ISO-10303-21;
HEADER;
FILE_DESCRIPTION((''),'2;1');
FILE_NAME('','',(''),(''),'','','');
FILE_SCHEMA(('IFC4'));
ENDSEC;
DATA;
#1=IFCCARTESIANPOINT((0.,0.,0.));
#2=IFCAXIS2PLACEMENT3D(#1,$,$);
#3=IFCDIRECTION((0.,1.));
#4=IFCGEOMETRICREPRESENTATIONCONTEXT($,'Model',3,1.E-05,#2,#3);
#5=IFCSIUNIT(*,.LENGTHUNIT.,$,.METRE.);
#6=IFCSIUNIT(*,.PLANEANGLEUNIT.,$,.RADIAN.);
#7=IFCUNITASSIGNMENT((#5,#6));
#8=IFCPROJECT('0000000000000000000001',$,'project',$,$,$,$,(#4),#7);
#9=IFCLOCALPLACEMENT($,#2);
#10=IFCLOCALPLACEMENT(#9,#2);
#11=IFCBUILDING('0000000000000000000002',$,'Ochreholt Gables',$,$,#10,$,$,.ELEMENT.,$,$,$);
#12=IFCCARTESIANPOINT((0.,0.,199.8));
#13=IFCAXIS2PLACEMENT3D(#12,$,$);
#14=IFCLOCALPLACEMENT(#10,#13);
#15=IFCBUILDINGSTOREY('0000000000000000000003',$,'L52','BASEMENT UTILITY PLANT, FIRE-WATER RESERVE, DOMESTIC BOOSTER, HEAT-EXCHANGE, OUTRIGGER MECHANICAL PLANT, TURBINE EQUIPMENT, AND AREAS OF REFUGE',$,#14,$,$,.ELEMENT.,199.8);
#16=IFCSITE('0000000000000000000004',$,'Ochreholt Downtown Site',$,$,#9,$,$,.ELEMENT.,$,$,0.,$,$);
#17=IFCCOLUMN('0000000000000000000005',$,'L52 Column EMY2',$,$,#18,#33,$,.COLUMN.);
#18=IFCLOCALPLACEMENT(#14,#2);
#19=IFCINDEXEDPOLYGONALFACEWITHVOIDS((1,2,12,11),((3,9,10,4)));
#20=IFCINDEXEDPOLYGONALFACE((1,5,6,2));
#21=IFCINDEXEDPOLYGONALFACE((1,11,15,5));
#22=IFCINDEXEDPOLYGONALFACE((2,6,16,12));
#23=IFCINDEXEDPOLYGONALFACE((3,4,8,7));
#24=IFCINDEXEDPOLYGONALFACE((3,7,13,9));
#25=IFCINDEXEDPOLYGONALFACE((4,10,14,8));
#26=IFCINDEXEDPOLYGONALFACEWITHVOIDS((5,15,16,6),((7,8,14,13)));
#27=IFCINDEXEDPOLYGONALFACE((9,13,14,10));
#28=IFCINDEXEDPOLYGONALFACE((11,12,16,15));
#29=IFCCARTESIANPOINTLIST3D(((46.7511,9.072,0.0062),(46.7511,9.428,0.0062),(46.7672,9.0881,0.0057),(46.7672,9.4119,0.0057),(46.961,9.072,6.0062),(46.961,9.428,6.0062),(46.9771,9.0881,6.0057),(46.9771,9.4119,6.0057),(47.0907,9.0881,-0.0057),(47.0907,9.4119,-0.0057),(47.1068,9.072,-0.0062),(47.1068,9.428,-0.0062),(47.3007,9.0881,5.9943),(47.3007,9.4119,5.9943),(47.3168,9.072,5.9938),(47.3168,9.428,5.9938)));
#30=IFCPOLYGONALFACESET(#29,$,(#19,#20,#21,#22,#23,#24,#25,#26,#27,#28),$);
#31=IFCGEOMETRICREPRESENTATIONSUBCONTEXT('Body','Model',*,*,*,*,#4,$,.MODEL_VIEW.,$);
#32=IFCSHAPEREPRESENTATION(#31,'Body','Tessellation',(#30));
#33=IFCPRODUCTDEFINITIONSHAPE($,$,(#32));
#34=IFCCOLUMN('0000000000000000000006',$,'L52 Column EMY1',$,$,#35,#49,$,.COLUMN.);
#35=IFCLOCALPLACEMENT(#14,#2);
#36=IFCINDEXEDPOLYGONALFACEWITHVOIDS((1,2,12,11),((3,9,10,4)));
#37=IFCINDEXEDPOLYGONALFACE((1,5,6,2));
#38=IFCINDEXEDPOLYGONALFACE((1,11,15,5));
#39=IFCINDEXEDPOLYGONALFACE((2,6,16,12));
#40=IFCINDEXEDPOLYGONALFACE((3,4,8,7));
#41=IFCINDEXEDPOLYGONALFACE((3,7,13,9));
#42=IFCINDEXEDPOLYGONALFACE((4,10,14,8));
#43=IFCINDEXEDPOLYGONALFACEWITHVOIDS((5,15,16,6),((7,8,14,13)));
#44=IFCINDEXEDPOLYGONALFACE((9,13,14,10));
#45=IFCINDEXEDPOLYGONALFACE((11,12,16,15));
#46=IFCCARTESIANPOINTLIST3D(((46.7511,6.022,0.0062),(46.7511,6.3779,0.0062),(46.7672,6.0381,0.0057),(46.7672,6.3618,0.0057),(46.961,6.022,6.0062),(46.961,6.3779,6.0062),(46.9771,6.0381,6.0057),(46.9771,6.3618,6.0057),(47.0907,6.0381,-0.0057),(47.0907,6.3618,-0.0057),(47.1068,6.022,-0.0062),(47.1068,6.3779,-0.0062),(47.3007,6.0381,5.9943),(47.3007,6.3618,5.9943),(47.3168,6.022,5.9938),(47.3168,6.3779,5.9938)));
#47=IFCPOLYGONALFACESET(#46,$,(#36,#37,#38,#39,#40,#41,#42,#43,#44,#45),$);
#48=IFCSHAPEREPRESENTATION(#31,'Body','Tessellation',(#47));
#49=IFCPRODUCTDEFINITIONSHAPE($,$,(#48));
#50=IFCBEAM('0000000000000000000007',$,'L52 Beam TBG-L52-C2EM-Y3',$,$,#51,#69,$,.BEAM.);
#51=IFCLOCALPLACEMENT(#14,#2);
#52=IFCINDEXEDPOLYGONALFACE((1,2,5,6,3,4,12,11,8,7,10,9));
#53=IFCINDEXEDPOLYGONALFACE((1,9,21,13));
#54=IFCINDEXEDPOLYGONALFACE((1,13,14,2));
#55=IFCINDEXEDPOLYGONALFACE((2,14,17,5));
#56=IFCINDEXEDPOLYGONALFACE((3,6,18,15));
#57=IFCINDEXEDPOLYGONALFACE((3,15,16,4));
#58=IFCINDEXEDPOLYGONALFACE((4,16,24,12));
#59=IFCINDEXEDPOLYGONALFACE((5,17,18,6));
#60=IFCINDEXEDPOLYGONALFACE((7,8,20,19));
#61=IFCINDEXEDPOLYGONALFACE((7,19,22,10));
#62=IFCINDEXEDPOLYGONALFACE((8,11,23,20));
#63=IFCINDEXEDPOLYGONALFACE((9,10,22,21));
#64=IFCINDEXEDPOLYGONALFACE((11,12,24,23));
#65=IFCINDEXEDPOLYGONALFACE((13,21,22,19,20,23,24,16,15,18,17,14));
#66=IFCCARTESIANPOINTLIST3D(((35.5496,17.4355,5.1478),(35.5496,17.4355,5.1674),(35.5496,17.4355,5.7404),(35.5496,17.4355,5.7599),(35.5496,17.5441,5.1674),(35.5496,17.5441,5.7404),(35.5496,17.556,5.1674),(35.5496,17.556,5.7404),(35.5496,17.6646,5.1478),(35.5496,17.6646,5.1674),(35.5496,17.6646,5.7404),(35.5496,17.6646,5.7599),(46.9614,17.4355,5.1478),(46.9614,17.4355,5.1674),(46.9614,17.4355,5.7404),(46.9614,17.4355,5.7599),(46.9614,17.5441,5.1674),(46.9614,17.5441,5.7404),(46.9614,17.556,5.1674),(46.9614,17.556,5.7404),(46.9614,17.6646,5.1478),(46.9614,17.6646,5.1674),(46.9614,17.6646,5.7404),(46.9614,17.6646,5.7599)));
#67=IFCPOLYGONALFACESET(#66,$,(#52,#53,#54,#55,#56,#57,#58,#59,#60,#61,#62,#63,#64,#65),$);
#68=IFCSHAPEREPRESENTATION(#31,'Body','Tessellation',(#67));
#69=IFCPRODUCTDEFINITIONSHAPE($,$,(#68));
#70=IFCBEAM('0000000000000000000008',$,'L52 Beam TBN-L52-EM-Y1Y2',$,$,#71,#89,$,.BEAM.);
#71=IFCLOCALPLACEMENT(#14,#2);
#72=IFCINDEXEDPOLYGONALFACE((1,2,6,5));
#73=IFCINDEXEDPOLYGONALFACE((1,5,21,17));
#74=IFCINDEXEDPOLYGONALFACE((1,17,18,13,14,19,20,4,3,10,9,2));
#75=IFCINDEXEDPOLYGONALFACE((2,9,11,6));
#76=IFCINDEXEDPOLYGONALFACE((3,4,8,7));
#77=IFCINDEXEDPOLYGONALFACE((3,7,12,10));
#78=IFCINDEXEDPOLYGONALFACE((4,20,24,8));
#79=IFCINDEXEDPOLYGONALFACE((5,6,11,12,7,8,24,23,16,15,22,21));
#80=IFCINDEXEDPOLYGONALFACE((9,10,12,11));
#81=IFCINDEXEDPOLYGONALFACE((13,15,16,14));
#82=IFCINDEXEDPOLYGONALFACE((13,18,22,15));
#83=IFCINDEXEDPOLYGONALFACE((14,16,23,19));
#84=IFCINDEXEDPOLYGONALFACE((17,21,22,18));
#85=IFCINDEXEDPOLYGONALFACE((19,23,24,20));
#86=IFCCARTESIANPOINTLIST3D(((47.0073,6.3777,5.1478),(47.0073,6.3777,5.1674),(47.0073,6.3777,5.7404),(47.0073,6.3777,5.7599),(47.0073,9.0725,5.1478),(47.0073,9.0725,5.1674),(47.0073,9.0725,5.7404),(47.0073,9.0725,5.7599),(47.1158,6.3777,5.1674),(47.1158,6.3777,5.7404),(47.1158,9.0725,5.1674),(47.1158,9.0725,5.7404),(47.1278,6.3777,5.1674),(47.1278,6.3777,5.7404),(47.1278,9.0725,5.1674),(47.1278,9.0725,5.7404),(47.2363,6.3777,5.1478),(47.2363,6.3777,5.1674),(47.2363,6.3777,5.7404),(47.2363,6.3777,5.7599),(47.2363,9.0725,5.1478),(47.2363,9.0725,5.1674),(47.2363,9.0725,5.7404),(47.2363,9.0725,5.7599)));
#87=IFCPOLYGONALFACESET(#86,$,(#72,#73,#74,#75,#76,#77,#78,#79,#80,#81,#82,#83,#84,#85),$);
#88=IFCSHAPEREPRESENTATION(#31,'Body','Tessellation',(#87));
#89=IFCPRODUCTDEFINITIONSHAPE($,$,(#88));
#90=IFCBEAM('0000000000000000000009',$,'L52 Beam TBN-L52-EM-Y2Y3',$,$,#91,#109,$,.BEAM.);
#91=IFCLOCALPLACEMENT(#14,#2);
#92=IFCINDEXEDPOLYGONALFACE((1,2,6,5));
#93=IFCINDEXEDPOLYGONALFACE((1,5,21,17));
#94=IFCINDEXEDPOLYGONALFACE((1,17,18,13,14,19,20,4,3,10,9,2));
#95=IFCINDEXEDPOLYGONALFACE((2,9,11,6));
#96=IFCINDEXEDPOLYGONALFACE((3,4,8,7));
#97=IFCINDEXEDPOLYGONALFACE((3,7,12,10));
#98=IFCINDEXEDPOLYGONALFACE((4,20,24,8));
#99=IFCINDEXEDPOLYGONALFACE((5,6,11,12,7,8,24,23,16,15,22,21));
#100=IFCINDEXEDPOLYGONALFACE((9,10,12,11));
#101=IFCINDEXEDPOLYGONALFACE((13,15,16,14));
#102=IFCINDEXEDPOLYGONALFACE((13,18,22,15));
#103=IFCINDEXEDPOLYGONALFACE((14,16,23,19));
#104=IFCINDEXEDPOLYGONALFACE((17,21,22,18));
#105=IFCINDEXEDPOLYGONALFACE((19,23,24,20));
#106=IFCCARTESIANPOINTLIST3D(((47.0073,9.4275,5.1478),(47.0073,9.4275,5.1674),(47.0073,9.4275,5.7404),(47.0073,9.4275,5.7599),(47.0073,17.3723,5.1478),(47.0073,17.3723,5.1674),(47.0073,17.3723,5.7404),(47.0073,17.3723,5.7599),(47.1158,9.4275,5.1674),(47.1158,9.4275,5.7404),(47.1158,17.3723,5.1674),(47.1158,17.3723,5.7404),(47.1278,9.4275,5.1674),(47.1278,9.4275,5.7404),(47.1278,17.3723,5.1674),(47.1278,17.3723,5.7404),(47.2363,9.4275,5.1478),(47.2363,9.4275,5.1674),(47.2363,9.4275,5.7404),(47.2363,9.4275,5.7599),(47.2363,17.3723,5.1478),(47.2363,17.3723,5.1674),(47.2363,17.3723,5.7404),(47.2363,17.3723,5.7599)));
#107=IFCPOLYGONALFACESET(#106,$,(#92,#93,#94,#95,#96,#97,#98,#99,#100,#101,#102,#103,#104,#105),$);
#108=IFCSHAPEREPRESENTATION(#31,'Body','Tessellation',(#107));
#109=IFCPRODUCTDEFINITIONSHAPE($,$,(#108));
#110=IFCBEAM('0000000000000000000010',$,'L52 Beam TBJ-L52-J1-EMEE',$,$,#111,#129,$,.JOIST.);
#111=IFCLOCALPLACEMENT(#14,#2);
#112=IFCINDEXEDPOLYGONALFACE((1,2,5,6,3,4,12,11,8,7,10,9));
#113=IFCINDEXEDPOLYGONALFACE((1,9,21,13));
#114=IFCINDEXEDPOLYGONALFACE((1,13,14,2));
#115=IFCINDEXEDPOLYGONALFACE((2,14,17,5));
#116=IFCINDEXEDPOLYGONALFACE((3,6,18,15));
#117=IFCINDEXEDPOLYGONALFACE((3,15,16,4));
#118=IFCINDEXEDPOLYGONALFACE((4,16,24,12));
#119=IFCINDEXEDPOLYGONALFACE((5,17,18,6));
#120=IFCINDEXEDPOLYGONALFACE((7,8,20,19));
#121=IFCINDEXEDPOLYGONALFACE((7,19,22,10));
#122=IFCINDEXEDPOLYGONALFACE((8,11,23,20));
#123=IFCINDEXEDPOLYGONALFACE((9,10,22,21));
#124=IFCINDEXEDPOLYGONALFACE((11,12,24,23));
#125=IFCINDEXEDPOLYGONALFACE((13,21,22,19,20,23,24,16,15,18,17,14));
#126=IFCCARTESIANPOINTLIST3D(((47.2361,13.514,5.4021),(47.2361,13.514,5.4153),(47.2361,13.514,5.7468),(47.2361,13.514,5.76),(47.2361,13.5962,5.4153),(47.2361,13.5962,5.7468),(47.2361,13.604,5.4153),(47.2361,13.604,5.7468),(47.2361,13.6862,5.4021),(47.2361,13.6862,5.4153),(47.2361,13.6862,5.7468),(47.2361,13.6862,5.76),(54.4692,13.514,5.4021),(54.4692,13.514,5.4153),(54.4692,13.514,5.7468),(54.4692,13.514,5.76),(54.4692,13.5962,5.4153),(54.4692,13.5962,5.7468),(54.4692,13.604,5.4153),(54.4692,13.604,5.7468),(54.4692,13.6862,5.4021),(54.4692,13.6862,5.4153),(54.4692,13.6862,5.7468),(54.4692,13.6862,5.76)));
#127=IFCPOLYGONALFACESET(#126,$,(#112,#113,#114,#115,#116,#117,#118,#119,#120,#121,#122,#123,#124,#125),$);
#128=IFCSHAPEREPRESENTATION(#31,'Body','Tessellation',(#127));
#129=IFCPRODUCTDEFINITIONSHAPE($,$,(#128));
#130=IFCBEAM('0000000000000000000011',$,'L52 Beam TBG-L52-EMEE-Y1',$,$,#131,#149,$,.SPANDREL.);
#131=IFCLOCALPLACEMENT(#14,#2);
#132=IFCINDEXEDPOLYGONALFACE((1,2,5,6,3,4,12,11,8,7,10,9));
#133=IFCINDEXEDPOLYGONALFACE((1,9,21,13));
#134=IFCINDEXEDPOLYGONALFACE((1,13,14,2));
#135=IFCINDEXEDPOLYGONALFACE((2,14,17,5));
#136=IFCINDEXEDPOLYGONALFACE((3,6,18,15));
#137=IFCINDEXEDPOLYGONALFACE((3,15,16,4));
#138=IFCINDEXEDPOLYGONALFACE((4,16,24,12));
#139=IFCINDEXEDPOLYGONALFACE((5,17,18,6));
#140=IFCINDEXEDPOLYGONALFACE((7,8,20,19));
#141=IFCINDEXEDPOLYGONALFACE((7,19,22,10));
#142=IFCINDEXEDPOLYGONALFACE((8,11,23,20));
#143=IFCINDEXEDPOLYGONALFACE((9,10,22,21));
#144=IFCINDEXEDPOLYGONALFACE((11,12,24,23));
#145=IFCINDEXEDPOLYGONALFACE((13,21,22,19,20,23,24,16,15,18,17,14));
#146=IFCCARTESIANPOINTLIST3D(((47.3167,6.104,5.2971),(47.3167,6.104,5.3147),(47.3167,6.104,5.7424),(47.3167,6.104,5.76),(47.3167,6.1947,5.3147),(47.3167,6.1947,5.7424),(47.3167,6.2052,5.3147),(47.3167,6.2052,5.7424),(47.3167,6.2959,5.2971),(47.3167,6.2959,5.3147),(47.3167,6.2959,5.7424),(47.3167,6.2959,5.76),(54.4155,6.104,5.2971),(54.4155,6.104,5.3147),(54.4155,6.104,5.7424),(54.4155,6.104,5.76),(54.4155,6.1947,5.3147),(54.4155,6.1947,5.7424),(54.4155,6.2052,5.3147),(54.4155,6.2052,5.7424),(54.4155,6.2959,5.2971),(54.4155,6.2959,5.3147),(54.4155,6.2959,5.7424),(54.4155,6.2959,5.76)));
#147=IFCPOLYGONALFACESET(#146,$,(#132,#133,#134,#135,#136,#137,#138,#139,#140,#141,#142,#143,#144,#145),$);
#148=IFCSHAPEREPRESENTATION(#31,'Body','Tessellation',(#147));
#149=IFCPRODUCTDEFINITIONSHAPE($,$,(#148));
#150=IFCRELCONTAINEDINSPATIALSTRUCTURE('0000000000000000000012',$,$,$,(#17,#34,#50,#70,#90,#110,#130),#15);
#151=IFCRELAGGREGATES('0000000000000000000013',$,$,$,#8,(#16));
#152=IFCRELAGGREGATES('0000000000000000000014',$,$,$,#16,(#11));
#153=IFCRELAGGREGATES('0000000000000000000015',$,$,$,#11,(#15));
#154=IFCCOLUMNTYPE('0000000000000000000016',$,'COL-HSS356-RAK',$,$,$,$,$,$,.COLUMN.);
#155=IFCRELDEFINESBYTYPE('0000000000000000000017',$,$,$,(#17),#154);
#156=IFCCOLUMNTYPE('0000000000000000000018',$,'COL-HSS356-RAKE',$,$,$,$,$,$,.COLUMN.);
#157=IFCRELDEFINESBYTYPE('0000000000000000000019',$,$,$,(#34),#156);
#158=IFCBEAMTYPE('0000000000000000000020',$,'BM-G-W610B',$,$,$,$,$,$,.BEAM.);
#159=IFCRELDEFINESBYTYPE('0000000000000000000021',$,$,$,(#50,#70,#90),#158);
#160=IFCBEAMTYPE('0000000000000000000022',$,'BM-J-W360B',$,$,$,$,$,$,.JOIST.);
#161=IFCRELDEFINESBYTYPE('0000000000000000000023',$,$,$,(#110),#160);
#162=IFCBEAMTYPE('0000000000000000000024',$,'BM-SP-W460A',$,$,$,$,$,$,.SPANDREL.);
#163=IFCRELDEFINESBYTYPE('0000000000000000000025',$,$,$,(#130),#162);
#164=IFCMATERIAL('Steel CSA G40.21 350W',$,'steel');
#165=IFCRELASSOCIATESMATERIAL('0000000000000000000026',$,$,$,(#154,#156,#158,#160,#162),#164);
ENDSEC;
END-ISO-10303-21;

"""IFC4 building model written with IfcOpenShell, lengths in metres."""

from ifc_helpers import new_model, si_unit, direction, frame, origin, origin_2d, place, context, subcontext, project, spatial, hollow_rectangle, i_section, extrude, material, material_profile, profile_set, type_object, element, save


model = new_model("IFC4")

# Units and contexts
model_context = context("Model", 3, precision=1e-05, world=origin(), true_north=direction((0.0, 1.0)))
body_context = subcontext(model_context, "Body", "Model", "MODEL_VIEW")
ifc_project = project(units=[si_unit("LENGTHUNIT", "METRE"), si_unit("PLANEANGLEUNIT", "RADIAN")], contexts=[model_context])

# Site, building, storey
site_placement = place(None, origin())
site = spatial("IfcSite", under=ifc_project, at=site_placement, Name="Ochreholt Downtown Site", CompositionType="ELEMENT", RefElevation=0.0)
building_placement = place(site_placement, origin())
building = spatial("IfcBuilding", under=site, at=building_placement, Name="Ochreholt Gables", CompositionType="ELEMENT")
storey_placement = place(building_placement, frame((0.0, 0.0, 199.8)))
storey = spatial("IfcBuildingStorey", under=building, at=storey_placement, Name="L52", Description="BASEMENT UTILITY PLANT, FIRE-WATER RESERVE, DOMESTIC BOOSTER, HEAT-EXCHANGE, OUTRIGGER MECHANICAL PLANT, TURBINE EQUIPMENT, AND AREAS OF REFUGE", CompositionType="ELEMENT", Elevation=199.8)

# Columns
ifc_material_1 = material(Name="Steel CSA G40.21 350W", Category="steel")
ifc_material_profile_1 = material_profile(ifc_material_1, hollow_rectangle(XDim=0.356, YDim=0.356, WallThickness=0.0161, at=origin_2d()), Name="HSS356X356X16")
ifc_profile_set_1 = profile_set([ifc_material_profile_1], Name="Steel CSA G40.21 350W")
column_type_1 = type_object("IfcColumnType", Name="COL-HSS356-RAK", PredefinedType="COLUMN", material=ifc_profile_set_1)
column_1_placement = place(storey_placement, frame((46.929, 9.25, 0.0), z_axis=(0.034972, 0.0, 0.999388), x_axis=(0.0, 1.0, 0.0)))
element("IfcColumn", 1, at=column_1_placement, inside=storey, type_object=column_type_1, Name="L52 Column EMY2", PredefinedType="COLUMN", context=body_context, shape_type="SweptSolid", body=[
    extrude(hollow_rectangle(XDim=0.356, YDim=0.356, WallThickness=0.0161, at=origin_2d()), origin(), (0.0, 0.0, 1.0), 6.0037),
])
ifc_material_profile_2 = material_profile(ifc_material_1, hollow_rectangle(XDim=0.356, YDim=0.356, WallThickness=0.0161, at=origin_2d()), Name="HSS356X356X16")
ifc_profile_set_2 = profile_set([ifc_material_profile_2], Name="Steel CSA G40.21 350W")
column_type_2 = type_object("IfcColumnType", Name="COL-HSS356-RAKE", PredefinedType="COLUMN", material=ifc_profile_set_2)
column_2_placement = place(storey_placement, frame((46.929, 6.2, 0.0), z_axis=(0.034972, 0.0, 0.999388), x_axis=(0.0, 1.0, 0.0)))
element("IfcColumn", 2, at=column_2_placement, inside=storey, type_object=column_type_2, Name="L52 Column EMY1", PredefinedType="COLUMN", context=body_context, shape_type="SweptSolid", body=[
    extrude(hollow_rectangle(XDim=0.356, YDim=0.356, WallThickness=0.0161, at=origin_2d()), origin(), (0.0, 0.0, 1.0), 6.0037),
])

# Beams
ifc_material_profile_3 = material_profile(ifc_material_1, i_section(OverallWidth=0.229, OverallDepth=0.6121, WebThickness=0.012, FlangeThickness=0.0195, at=origin_2d()), Name="W610X125")
ifc_profile_set_3 = profile_set([ifc_material_profile_3], Name="Steel CSA G40.21 350W")
beam_type_1 = type_object("IfcBeamType", Name="BM-G-W610B", PredefinedType="BEAM", material=ifc_profile_set_3)
beam_1_placement = place(storey_placement, frame((35.5496, 17.55, 5.4539), z_axis=(1.0, 0.0, 0.0), x_axis=(0.0, 1.0, 0.0)))
element("IfcBeam", 3, at=beam_1_placement, inside=storey, type_object=beam_type_1, Name="L52 Beam TBG-L52-C2EM-Y3", PredefinedType="BEAM", context=body_context, shape_type="SweptSolid", body=[
    extrude(i_section(OverallWidth=0.229, OverallDepth=0.6121, WebThickness=0.012, FlangeThickness=0.0195, at=origin_2d()), origin(), (0.0, 0.0, 1.0), 11.4119),
])
beam_2_placement = place(storey_placement, frame((47.1218, 6.3777, 5.4539), z_axis=(0.0, 1.0, 0.0), x_axis=(-1.0, 0.0, 0.0)))
element("IfcBeam", 4, at=beam_2_placement, inside=storey, type_object=beam_type_1, Name="L52 Beam TBN-L52-EM-Y1Y2", PredefinedType="BEAM", context=body_context, shape_type="SweptSolid", body=[
    extrude(i_section(OverallWidth=0.229, OverallDepth=0.6121, WebThickness=0.012, FlangeThickness=0.0195, at=origin_2d()), origin(), (0.0, 0.0, 1.0), 2.6948),
])
beam_3_placement = place(storey_placement, frame((47.1218, 9.4275, 5.4539), z_axis=(0.0, 1.0, 0.0), x_axis=(-1.0, 0.0, 0.0)))
element("IfcBeam", 5, at=beam_3_placement, inside=storey, type_object=beam_type_1, Name="L52 Beam TBN-L52-EM-Y2Y3", PredefinedType="BEAM", context=body_context, shape_type="SweptSolid", body=[
    extrude(i_section(OverallWidth=0.229, OverallDepth=0.6121, WebThickness=0.012, FlangeThickness=0.0195, at=origin_2d()), origin(), (0.0, 0.0, 1.0), 7.9448),
])
ifc_material_profile_4 = material_profile(ifc_material_1, i_section(OverallWidth=0.1721, OverallDepth=0.3579, WebThickness=0.0078, FlangeThickness=0.0132, at=origin_2d()), Name="W360X57")
ifc_profile_set_4 = profile_set([ifc_material_profile_4], Name="Steel CSA G40.21 350W")
beam_type_2 = type_object("IfcBeamType", Name="BM-J-W360B", PredefinedType="JOIST", material=ifc_profile_set_4)
beam_4_placement = place(storey_placement, frame((47.2361, 13.6001, 5.5811), z_axis=(1.0, 0.0, 0.0), x_axis=(0.0, 1.0, 0.0)))
element("IfcBeam", 6, at=beam_4_placement, inside=storey, type_object=beam_type_2, Name="L52 Beam TBJ-L52-J1-EMEE", PredefinedType="JOIST", context=body_context, shape_type="SweptSolid", body=[
    extrude(i_section(OverallWidth=0.1721, OverallDepth=0.3579, WebThickness=0.0078, FlangeThickness=0.0132, at=origin_2d()), origin(), (0.0, 0.0, 1.0), 7.2332),
])
ifc_material_profile_5 = material_profile(ifc_material_1, i_section(OverallWidth=0.1919, OverallDepth=0.4629, WebThickness=0.0105, FlangeThickness=0.0176, at=origin_2d()), Name="W460X89")
ifc_profile_set_5 = profile_set([ifc_material_profile_5], Name="Steel CSA G40.21 350W")
beam_type_3 = type_object("IfcBeamType", Name="BM-SP-W460A", PredefinedType="SPANDREL", material=ifc_profile_set_5)
beam_5_placement = place(storey_placement, frame((47.3167, 6.2, 5.5286), z_axis=(1.0, 0.0, 0.0), x_axis=(0.0, 1.0, 0.0)))
element("IfcBeam", 7, at=beam_5_placement, inside=storey, type_object=beam_type_3, Name="L52 Beam TBG-L52-EMEE-Y1", PredefinedType="SPANDREL", context=body_context, shape_type="SweptSolid", body=[
    extrude(i_section(OverallWidth=0.1919, OverallDepth=0.4629, WebThickness=0.0105, FlangeThickness=0.0176, at=origin_2d()), origin(), (0.0, 0.0, 1.0), 7.0989),
])

save(model, "model.ifc")
